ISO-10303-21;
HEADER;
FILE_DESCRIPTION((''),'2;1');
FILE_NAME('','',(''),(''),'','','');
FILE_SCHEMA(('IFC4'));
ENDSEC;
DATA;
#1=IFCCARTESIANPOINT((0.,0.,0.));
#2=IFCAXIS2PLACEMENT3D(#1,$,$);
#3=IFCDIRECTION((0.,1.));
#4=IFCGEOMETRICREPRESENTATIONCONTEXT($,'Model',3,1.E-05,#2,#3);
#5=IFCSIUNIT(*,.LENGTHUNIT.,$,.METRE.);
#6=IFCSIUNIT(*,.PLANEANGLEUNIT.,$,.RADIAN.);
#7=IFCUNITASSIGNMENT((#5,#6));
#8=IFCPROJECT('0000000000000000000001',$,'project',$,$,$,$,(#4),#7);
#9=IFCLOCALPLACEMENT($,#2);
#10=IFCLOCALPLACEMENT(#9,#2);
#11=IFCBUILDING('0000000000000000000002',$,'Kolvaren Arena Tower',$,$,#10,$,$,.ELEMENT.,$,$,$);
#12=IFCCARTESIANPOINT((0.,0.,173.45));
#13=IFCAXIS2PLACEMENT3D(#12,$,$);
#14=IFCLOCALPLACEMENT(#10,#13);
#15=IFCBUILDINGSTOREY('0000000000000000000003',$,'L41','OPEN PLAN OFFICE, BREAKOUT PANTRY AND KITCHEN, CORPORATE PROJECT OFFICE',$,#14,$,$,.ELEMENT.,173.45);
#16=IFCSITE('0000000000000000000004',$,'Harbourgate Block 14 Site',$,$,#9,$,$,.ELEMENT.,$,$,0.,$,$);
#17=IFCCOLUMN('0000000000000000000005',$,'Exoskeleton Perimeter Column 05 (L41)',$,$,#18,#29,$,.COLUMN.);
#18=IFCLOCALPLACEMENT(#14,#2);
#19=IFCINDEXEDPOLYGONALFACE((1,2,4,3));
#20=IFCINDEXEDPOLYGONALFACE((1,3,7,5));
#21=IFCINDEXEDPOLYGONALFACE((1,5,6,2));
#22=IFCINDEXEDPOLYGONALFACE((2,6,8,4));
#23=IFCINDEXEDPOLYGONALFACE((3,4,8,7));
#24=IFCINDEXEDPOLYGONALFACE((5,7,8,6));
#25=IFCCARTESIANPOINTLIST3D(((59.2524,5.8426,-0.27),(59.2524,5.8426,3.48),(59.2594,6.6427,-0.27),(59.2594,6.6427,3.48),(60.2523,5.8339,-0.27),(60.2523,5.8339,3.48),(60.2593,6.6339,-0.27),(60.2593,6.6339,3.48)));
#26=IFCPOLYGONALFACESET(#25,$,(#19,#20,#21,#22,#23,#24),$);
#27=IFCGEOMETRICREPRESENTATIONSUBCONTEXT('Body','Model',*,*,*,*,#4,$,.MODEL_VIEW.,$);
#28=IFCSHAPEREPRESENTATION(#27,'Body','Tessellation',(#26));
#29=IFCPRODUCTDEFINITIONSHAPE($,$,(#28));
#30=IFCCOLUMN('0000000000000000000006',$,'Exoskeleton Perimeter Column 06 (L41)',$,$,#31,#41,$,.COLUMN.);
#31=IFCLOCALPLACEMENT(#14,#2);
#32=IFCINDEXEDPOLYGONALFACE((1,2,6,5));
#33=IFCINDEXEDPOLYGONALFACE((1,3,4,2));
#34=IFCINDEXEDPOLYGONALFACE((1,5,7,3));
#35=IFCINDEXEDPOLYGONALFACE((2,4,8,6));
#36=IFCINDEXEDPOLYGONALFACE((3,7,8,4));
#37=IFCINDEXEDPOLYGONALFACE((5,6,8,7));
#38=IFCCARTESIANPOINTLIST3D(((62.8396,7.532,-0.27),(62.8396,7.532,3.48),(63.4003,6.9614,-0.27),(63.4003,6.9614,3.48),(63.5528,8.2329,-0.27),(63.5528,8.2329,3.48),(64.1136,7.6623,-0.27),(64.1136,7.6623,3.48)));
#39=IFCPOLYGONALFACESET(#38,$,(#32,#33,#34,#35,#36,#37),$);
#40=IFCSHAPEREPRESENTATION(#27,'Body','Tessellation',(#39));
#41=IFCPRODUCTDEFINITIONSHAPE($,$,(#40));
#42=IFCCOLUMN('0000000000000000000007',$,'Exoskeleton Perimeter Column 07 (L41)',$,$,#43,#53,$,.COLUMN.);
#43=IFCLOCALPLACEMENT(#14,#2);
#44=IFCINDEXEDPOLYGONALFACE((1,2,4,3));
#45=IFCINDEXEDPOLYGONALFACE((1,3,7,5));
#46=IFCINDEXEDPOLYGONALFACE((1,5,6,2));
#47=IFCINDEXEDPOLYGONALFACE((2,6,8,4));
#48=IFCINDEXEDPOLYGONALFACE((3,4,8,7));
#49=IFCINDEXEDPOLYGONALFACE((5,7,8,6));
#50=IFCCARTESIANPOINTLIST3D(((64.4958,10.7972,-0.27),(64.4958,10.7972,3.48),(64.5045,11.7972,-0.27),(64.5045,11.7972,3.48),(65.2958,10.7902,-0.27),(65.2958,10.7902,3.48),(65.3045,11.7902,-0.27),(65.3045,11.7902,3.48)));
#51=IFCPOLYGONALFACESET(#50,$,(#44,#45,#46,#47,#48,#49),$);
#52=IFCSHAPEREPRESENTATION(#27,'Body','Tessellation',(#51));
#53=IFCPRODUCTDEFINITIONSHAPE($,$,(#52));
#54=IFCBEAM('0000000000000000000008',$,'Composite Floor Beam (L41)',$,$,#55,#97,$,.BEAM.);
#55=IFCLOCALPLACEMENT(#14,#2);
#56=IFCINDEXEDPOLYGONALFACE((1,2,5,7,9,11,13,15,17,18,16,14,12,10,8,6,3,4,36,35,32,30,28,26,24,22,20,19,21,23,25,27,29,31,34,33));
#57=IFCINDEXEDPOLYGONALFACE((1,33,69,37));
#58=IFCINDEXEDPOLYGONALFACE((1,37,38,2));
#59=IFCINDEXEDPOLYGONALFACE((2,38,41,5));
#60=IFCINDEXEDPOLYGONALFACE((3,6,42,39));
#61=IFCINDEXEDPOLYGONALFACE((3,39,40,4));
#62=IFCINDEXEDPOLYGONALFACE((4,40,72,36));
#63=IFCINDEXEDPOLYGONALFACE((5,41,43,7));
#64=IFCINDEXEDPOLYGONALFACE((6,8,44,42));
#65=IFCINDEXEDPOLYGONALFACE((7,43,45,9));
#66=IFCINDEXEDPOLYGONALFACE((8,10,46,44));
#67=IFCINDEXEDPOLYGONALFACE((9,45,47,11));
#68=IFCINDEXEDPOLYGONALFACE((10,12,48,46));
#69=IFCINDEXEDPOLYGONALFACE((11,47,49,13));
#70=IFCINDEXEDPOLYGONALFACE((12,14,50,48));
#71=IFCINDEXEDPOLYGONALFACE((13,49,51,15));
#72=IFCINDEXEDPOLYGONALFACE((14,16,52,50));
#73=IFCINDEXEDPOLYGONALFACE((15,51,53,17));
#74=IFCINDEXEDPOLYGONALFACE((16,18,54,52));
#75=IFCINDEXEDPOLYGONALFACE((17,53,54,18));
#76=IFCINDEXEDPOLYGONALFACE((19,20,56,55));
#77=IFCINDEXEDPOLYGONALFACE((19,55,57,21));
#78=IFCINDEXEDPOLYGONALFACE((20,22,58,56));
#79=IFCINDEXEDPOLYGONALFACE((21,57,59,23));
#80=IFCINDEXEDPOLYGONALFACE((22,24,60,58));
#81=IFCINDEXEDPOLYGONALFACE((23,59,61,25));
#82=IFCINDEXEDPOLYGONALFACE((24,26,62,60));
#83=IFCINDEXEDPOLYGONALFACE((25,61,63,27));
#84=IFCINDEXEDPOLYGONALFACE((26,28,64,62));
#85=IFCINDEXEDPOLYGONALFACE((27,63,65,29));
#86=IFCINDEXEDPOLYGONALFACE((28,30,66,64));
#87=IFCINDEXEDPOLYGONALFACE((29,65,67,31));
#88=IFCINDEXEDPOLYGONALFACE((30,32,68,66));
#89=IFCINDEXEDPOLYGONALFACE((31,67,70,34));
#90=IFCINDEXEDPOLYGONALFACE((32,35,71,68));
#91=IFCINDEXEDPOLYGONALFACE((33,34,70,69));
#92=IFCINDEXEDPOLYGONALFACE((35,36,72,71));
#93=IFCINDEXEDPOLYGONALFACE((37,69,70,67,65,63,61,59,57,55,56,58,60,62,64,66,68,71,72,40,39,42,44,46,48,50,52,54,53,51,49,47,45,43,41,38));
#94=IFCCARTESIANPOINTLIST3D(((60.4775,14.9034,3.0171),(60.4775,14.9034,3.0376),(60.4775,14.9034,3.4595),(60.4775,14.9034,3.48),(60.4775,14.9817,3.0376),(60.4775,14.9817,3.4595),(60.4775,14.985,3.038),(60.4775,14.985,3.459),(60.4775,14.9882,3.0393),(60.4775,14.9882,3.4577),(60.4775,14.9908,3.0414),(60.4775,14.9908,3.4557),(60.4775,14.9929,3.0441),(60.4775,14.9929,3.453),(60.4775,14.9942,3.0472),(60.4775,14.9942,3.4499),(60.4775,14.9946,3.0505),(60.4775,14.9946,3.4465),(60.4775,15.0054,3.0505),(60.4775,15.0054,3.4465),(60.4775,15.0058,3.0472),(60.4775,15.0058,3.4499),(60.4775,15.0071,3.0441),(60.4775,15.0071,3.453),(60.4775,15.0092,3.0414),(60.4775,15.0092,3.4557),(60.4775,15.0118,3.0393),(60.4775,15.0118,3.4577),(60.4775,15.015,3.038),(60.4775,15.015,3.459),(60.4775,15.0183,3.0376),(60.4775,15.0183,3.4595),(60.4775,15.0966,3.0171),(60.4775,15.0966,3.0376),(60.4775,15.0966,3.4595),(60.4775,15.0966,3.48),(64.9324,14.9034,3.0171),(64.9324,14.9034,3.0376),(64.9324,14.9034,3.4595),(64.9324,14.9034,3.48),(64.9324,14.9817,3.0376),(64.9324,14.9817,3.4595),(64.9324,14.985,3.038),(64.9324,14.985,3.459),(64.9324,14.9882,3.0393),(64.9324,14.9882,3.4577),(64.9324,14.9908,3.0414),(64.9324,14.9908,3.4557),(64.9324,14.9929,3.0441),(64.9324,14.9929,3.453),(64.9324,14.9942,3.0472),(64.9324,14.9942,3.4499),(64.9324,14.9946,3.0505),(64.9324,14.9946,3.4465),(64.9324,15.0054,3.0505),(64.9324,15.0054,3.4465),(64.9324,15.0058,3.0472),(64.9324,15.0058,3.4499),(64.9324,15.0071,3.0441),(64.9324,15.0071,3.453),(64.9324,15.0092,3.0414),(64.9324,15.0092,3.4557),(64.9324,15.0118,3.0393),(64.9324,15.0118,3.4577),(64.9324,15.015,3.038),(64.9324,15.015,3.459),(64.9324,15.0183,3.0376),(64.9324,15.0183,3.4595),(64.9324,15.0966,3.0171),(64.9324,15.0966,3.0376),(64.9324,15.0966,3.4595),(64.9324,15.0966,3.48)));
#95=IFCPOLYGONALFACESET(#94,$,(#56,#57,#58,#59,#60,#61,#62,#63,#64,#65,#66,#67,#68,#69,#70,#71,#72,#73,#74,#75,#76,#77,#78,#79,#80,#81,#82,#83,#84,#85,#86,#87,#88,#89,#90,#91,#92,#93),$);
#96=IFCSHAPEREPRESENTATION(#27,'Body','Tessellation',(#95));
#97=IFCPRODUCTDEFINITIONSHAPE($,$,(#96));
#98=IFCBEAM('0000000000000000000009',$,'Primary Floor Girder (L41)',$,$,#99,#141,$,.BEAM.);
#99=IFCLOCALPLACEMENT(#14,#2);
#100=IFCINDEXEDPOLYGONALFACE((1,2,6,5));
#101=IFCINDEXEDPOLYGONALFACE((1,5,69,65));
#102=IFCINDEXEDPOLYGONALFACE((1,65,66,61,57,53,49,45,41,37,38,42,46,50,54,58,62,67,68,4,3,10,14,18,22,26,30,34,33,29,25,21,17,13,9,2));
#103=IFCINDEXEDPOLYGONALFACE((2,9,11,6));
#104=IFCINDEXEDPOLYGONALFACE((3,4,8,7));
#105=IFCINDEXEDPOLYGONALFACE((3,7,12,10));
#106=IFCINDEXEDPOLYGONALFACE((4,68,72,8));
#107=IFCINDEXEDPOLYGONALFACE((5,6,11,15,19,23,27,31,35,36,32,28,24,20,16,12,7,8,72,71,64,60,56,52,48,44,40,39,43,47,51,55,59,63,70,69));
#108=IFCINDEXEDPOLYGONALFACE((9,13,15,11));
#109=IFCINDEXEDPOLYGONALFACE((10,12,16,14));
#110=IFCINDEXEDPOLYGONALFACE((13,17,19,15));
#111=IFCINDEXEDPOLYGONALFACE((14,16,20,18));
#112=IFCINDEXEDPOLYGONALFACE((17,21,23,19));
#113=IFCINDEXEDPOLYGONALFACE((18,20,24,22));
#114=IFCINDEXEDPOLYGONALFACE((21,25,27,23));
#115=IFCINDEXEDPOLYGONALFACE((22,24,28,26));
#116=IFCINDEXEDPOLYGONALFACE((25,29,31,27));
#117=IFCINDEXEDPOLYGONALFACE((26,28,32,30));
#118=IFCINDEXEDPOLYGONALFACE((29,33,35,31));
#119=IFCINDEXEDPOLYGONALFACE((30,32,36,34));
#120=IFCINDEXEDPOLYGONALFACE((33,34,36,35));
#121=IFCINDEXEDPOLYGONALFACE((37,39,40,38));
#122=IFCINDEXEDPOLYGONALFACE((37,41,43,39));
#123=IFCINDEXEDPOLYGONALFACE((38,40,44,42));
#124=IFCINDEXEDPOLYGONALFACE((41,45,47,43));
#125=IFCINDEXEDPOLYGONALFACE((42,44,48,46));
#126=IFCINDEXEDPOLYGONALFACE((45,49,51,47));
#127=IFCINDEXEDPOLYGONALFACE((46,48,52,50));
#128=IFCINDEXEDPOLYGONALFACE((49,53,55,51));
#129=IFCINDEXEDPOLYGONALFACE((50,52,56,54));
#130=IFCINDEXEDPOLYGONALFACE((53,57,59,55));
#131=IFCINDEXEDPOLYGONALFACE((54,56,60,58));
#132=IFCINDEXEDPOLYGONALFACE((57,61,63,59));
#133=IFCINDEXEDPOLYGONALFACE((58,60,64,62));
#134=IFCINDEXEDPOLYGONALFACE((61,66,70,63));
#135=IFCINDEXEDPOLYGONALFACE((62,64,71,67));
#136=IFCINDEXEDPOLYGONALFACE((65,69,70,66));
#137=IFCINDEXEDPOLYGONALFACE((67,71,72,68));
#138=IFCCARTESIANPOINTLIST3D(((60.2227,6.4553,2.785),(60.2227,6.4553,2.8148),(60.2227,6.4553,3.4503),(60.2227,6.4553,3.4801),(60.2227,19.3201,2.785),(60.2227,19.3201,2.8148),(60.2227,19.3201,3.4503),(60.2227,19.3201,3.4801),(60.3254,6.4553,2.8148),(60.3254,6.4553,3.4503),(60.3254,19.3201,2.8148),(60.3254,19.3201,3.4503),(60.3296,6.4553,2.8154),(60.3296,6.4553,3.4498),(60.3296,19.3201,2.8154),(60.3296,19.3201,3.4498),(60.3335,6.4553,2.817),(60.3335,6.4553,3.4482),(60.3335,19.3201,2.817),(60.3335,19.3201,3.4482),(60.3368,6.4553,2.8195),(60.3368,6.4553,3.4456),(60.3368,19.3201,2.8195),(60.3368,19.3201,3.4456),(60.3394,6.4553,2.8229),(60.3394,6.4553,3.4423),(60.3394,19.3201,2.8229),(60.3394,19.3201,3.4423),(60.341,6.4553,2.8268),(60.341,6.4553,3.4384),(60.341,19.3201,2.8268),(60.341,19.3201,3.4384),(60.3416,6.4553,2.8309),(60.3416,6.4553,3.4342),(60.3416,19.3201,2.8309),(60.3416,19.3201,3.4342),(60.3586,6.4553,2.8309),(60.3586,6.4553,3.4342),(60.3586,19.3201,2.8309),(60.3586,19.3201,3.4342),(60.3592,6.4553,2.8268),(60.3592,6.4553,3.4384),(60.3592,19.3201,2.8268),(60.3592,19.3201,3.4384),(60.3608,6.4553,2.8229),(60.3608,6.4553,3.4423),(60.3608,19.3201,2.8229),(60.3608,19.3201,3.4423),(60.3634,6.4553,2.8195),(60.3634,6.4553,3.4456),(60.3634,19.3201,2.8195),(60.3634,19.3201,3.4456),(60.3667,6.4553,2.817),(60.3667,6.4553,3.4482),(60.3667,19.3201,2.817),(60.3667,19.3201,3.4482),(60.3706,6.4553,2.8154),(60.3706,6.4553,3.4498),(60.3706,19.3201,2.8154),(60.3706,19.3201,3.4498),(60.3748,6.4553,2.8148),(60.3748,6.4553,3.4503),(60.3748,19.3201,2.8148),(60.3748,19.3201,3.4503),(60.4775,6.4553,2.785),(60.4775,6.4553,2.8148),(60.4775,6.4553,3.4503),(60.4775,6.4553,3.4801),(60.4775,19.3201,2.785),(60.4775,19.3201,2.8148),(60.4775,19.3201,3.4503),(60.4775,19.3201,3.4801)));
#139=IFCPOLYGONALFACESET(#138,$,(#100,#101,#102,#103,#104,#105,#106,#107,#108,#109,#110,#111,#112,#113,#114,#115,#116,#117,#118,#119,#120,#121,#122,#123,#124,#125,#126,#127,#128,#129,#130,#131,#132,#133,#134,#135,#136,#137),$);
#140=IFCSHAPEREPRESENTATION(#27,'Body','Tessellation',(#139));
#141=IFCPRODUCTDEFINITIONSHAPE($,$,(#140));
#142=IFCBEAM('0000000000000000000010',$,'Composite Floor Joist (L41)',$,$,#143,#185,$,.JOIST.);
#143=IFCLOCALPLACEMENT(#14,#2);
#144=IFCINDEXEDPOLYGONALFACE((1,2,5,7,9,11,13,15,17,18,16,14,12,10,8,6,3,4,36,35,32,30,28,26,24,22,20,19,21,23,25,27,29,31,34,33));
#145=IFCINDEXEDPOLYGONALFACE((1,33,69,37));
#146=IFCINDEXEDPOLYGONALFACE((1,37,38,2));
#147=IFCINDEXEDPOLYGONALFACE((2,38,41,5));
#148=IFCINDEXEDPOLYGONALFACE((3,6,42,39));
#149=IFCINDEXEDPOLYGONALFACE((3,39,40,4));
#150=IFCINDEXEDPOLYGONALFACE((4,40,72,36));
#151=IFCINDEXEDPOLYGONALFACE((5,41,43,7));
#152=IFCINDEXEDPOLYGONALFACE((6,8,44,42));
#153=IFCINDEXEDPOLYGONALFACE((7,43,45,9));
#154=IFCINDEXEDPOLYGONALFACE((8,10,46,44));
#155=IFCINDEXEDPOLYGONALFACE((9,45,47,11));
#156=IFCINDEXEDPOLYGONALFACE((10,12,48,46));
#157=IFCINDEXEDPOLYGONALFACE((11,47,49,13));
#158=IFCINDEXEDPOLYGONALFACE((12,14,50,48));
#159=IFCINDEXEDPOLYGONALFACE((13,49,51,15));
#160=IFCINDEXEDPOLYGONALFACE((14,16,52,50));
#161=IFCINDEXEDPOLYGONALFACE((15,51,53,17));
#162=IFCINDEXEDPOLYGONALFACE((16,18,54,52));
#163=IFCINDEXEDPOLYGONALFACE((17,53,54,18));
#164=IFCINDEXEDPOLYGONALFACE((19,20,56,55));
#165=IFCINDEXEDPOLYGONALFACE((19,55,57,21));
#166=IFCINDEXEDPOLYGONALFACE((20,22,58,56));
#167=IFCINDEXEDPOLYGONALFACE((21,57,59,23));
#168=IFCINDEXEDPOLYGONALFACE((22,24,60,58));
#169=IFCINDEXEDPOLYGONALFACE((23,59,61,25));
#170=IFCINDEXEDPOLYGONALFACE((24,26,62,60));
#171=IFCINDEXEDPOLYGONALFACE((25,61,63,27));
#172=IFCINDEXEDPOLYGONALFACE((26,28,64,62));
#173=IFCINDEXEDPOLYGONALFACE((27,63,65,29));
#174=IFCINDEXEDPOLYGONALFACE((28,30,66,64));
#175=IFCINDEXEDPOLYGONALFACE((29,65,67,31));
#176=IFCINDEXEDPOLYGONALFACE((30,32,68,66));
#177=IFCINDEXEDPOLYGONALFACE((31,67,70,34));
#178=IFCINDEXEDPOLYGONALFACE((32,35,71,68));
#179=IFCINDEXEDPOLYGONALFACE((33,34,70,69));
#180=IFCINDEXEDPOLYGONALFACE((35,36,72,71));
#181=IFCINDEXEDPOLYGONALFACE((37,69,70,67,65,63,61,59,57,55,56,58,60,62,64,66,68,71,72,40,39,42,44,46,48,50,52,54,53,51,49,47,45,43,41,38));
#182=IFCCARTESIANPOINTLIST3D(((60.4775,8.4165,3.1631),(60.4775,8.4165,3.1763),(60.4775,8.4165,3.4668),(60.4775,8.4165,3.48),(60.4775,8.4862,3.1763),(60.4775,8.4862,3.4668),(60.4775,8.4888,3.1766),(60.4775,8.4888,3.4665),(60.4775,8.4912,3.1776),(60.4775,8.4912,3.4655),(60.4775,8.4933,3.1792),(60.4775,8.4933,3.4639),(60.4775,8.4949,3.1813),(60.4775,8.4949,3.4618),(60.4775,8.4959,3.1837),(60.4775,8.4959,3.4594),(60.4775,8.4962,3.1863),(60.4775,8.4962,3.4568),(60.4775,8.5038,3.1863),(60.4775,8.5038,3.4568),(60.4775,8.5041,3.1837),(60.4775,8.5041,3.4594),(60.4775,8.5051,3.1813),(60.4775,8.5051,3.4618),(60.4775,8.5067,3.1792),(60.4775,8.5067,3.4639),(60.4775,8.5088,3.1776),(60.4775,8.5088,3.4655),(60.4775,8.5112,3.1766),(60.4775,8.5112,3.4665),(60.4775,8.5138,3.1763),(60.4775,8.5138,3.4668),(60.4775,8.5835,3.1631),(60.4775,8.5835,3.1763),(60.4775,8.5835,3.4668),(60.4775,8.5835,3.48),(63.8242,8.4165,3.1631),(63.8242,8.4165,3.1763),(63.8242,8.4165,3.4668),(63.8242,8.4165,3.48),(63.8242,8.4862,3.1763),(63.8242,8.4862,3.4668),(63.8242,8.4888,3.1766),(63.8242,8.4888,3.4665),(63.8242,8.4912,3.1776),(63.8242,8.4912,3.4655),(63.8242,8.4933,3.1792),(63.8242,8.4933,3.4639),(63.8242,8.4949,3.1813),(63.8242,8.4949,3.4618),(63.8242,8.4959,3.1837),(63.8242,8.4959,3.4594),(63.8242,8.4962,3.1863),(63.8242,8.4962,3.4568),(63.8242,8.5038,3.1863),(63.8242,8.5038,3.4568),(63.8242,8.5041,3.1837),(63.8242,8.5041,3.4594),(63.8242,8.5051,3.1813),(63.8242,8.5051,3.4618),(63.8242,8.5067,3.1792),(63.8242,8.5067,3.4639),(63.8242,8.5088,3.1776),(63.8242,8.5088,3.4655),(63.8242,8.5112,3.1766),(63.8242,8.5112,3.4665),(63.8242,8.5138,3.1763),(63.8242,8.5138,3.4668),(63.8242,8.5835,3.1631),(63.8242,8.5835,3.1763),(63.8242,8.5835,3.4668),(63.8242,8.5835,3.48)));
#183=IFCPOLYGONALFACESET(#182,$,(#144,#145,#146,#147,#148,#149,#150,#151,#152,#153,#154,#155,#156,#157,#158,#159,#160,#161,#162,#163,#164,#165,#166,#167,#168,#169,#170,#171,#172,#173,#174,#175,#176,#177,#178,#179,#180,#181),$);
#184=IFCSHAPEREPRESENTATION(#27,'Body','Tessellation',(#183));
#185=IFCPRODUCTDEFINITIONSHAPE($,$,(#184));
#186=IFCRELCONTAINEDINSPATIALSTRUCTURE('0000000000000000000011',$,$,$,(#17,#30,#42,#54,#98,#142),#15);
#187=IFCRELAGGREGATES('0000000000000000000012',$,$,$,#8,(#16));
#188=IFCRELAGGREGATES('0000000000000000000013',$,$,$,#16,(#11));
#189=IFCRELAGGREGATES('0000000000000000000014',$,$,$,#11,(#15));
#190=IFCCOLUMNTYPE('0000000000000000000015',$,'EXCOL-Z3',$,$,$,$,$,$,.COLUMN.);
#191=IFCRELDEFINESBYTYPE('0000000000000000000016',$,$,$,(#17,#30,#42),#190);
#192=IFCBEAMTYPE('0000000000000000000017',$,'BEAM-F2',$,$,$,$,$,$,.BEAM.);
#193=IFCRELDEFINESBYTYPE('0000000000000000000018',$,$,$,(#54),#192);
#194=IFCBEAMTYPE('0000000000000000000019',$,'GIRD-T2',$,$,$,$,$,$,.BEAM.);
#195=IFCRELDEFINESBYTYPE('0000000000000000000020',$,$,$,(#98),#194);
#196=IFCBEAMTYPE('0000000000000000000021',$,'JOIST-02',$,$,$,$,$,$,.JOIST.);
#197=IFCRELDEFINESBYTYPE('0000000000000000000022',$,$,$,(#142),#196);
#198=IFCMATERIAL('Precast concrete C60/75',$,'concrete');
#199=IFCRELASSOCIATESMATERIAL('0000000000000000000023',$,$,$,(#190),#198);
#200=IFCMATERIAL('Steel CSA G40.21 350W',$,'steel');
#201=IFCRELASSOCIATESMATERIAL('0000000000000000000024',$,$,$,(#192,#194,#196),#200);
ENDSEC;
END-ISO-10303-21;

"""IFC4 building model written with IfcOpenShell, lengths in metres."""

from ifc_helpers import new_model, si_unit, direction, frame, origin, origin_2d, place, context, subcontext, project, spatial, rectangle, i_section, extrude, material, material_profile, profile_set, type_object, element, save


model = new_model("IFC4")

# Units and contexts
model_context = context("Model", 3, precision=1e-05, world=origin(), true_north=direction((0.0, 1.0)))
body_context = subcontext(model_context, "Body", "Model", "MODEL_VIEW")
ifc_project = project(units=[si_unit("LENGTHUNIT", "METRE"), si_unit("PLANEANGLEUNIT", "RADIAN")], contexts=[model_context])

# Site, building, storey
site_placement = place(None, origin())
site = spatial("IfcSite", under=ifc_project, at=site_placement, Name="Harbourgate Block 14 Site", CompositionType="ELEMENT", RefElevation=0.0)
building_placement = place(site_placement, origin())
building = spatial("IfcBuilding", under=site, at=building_placement, Name="Kolvaren Arena Tower", CompositionType="ELEMENT")
storey_placement = place(building_placement, frame((0.0, 0.0, 173.45)))
storey = spatial("IfcBuildingStorey", under=building, at=storey_placement, Name="L41", Description="OPEN PLAN OFFICE, BREAKOUT PANTRY AND KITCHEN, CORPORATE PROJECT OFFICE", CompositionType="ELEMENT", Elevation=173.45)

# Columns
ifc_material_1 = material(Name="Precast concrete C60/75", Category="concrete")
ifc_material_profile_1 = material_profile(ifc_material_1, rectangle(XDim=1.0, YDim=0.8, at=origin_2d()), Name="RC-1000x800")
ifc_profile_set_1 = profile_set([ifc_material_profile_1], Name="Precast concrete C60/75")
column_type = type_object("IfcColumnType", Name="EXCOL-Z3", PredefinedType="COLUMN", material=ifc_profile_set_1)
for number, where, z_axis, x_axis, name in (
    (1, (59.7559, 6.2383, -0.27), (0.0, 0.0, 1.0), (0.999962, -0.008727, 0.0), "Exoskeleton Perimeter Column 05 (L41)"),
    (2, (63.4766, 7.5972, -0.27), (0.0, 0.0, 1.0), (0.71325, 0.700909, 0.0), "Exoskeleton Perimeter Column 06 (L41)"),
    (3, (64.9001, 11.2937, -0.27), (0.0, 0.0, 1.0), (0.008727, 0.999962, 0.0), "Exoskeleton Perimeter Column 07 (L41)"),
):
    element("IfcColumn", number, at=place(storey_placement, frame(where, z_axis=z_axis, x_axis=x_axis)), inside=storey, type_object=column_type, Name=name, PredefinedType="COLUMN", context=body_context, shape_type="SweptSolid", body=[
        extrude(rectangle(XDim=1.0, YDim=0.8, at=origin_2d()), origin(), (0.0, 0.0, 1.0), 3.75),
    ])

# Beams
ifc_material_2 = material(Name="Steel CSA G40.21 350W", Category="steel")
ifc_material_profile_2 = material_profile(ifc_material_2, i_section(OverallWidth=0.1931, OverallDepth=0.4629, WebThickness=0.0107, FlangeThickness=0.0205, FilletRadius=0.0129, at=origin_2d()), Name="W460x113")
ifc_profile_set_2 = profile_set([ifc_material_profile_2], Name="Steel CSA G40.21 350W")
beam_type_1 = type_object("IfcBeamType", Name="BEAM-F2", PredefinedType="BEAM", material=ifc_profile_set_2)
beam_1_placement = place(storey_placement, frame((60.4775, 15.0, 3.2485), z_axis=(1.0, 0.0, 0.0), x_axis=(0.0, 1.0, 0.0)))
element("IfcBeam", 4, at=beam_1_placement, inside=storey, type_object=beam_type_1, Name="Composite Floor Beam (L41)", PredefinedType="BEAM", context=body_context, shape_type="SweptSolid", body=[
    extrude(i_section(OverallWidth=0.1931, OverallDepth=0.4629, WebThickness=0.0107, FlangeThickness=0.0205, FilletRadius=0.0129, at=origin_2d()), origin(), (0.0, 0.0, 1.0), 4.4548),
])
ifc_material_profile_3 = material_profile(ifc_material_2, i_section(OverallWidth=0.2549, OverallDepth=0.6951, WebThickness=0.0171, FlangeThickness=0.0298, FilletRadius=0.0161, at=origin_2d()), Name="W690x217")
ifc_profile_set_3 = profile_set([ifc_material_profile_3], Name="Steel CSA G40.21 350W")
beam_type_2 = type_object("IfcBeamType", Name="GIRD-T2", PredefinedType="BEAM", material=ifc_profile_set_3)
beam_2_placement = place(storey_placement, frame((60.3501, 6.4553, 3.1326), z_axis=(0.0, 1.0, 0.0), x_axis=(-1.0, 0.0, 0.0)))
element("IfcBeam", 5, at=beam_2_placement, inside=storey, type_object=beam_type_2, Name="Primary Floor Girder (L41)", PredefinedType="BEAM", context=body_context, shape_type="SweptSolid", body=[
    extrude(i_section(OverallWidth=0.2549, OverallDepth=0.6951, WebThickness=0.0171, FlangeThickness=0.0298, FilletRadius=0.0161, at=origin_2d()), origin(), (0.0, 0.0, 1.0), 12.8647),
])
ifc_material_profile_4 = material_profile(ifc_material_2, i_section(OverallWidth=0.167, OverallDepth=0.3169, WebThickness=0.0076, FlangeThickness=0.0132, FilletRadius=0.01, at=origin_2d()), Name="W310x52")
ifc_profile_set_4 = profile_set([ifc_material_profile_4], Name="Steel CSA G40.21 350W")
beam_type_3 = type_object("IfcBeamType", Name="JOIST-02", PredefinedType="JOIST", material=ifc_profile_set_4)
beam_3_placement = place(storey_placement, frame((60.4775, 8.5, 3.3215), z_axis=(1.0, 0.0, 0.0), x_axis=(0.0, 1.0, 0.0)))
element("IfcBeam", 6, at=beam_3_placement, inside=storey, type_object=beam_type_3, Name="Composite Floor Joist (L41)", PredefinedType="JOIST", context=body_context, shape_type="SweptSolid", body=[
    extrude(i_section(OverallWidth=0.167, OverallDepth=0.3169, WebThickness=0.0076, FlangeThickness=0.0132, FilletRadius=0.01, at=origin_2d()), origin(), (0.0, 0.0, 1.0), 3.3467),
])

save(model, "model.ifc")
